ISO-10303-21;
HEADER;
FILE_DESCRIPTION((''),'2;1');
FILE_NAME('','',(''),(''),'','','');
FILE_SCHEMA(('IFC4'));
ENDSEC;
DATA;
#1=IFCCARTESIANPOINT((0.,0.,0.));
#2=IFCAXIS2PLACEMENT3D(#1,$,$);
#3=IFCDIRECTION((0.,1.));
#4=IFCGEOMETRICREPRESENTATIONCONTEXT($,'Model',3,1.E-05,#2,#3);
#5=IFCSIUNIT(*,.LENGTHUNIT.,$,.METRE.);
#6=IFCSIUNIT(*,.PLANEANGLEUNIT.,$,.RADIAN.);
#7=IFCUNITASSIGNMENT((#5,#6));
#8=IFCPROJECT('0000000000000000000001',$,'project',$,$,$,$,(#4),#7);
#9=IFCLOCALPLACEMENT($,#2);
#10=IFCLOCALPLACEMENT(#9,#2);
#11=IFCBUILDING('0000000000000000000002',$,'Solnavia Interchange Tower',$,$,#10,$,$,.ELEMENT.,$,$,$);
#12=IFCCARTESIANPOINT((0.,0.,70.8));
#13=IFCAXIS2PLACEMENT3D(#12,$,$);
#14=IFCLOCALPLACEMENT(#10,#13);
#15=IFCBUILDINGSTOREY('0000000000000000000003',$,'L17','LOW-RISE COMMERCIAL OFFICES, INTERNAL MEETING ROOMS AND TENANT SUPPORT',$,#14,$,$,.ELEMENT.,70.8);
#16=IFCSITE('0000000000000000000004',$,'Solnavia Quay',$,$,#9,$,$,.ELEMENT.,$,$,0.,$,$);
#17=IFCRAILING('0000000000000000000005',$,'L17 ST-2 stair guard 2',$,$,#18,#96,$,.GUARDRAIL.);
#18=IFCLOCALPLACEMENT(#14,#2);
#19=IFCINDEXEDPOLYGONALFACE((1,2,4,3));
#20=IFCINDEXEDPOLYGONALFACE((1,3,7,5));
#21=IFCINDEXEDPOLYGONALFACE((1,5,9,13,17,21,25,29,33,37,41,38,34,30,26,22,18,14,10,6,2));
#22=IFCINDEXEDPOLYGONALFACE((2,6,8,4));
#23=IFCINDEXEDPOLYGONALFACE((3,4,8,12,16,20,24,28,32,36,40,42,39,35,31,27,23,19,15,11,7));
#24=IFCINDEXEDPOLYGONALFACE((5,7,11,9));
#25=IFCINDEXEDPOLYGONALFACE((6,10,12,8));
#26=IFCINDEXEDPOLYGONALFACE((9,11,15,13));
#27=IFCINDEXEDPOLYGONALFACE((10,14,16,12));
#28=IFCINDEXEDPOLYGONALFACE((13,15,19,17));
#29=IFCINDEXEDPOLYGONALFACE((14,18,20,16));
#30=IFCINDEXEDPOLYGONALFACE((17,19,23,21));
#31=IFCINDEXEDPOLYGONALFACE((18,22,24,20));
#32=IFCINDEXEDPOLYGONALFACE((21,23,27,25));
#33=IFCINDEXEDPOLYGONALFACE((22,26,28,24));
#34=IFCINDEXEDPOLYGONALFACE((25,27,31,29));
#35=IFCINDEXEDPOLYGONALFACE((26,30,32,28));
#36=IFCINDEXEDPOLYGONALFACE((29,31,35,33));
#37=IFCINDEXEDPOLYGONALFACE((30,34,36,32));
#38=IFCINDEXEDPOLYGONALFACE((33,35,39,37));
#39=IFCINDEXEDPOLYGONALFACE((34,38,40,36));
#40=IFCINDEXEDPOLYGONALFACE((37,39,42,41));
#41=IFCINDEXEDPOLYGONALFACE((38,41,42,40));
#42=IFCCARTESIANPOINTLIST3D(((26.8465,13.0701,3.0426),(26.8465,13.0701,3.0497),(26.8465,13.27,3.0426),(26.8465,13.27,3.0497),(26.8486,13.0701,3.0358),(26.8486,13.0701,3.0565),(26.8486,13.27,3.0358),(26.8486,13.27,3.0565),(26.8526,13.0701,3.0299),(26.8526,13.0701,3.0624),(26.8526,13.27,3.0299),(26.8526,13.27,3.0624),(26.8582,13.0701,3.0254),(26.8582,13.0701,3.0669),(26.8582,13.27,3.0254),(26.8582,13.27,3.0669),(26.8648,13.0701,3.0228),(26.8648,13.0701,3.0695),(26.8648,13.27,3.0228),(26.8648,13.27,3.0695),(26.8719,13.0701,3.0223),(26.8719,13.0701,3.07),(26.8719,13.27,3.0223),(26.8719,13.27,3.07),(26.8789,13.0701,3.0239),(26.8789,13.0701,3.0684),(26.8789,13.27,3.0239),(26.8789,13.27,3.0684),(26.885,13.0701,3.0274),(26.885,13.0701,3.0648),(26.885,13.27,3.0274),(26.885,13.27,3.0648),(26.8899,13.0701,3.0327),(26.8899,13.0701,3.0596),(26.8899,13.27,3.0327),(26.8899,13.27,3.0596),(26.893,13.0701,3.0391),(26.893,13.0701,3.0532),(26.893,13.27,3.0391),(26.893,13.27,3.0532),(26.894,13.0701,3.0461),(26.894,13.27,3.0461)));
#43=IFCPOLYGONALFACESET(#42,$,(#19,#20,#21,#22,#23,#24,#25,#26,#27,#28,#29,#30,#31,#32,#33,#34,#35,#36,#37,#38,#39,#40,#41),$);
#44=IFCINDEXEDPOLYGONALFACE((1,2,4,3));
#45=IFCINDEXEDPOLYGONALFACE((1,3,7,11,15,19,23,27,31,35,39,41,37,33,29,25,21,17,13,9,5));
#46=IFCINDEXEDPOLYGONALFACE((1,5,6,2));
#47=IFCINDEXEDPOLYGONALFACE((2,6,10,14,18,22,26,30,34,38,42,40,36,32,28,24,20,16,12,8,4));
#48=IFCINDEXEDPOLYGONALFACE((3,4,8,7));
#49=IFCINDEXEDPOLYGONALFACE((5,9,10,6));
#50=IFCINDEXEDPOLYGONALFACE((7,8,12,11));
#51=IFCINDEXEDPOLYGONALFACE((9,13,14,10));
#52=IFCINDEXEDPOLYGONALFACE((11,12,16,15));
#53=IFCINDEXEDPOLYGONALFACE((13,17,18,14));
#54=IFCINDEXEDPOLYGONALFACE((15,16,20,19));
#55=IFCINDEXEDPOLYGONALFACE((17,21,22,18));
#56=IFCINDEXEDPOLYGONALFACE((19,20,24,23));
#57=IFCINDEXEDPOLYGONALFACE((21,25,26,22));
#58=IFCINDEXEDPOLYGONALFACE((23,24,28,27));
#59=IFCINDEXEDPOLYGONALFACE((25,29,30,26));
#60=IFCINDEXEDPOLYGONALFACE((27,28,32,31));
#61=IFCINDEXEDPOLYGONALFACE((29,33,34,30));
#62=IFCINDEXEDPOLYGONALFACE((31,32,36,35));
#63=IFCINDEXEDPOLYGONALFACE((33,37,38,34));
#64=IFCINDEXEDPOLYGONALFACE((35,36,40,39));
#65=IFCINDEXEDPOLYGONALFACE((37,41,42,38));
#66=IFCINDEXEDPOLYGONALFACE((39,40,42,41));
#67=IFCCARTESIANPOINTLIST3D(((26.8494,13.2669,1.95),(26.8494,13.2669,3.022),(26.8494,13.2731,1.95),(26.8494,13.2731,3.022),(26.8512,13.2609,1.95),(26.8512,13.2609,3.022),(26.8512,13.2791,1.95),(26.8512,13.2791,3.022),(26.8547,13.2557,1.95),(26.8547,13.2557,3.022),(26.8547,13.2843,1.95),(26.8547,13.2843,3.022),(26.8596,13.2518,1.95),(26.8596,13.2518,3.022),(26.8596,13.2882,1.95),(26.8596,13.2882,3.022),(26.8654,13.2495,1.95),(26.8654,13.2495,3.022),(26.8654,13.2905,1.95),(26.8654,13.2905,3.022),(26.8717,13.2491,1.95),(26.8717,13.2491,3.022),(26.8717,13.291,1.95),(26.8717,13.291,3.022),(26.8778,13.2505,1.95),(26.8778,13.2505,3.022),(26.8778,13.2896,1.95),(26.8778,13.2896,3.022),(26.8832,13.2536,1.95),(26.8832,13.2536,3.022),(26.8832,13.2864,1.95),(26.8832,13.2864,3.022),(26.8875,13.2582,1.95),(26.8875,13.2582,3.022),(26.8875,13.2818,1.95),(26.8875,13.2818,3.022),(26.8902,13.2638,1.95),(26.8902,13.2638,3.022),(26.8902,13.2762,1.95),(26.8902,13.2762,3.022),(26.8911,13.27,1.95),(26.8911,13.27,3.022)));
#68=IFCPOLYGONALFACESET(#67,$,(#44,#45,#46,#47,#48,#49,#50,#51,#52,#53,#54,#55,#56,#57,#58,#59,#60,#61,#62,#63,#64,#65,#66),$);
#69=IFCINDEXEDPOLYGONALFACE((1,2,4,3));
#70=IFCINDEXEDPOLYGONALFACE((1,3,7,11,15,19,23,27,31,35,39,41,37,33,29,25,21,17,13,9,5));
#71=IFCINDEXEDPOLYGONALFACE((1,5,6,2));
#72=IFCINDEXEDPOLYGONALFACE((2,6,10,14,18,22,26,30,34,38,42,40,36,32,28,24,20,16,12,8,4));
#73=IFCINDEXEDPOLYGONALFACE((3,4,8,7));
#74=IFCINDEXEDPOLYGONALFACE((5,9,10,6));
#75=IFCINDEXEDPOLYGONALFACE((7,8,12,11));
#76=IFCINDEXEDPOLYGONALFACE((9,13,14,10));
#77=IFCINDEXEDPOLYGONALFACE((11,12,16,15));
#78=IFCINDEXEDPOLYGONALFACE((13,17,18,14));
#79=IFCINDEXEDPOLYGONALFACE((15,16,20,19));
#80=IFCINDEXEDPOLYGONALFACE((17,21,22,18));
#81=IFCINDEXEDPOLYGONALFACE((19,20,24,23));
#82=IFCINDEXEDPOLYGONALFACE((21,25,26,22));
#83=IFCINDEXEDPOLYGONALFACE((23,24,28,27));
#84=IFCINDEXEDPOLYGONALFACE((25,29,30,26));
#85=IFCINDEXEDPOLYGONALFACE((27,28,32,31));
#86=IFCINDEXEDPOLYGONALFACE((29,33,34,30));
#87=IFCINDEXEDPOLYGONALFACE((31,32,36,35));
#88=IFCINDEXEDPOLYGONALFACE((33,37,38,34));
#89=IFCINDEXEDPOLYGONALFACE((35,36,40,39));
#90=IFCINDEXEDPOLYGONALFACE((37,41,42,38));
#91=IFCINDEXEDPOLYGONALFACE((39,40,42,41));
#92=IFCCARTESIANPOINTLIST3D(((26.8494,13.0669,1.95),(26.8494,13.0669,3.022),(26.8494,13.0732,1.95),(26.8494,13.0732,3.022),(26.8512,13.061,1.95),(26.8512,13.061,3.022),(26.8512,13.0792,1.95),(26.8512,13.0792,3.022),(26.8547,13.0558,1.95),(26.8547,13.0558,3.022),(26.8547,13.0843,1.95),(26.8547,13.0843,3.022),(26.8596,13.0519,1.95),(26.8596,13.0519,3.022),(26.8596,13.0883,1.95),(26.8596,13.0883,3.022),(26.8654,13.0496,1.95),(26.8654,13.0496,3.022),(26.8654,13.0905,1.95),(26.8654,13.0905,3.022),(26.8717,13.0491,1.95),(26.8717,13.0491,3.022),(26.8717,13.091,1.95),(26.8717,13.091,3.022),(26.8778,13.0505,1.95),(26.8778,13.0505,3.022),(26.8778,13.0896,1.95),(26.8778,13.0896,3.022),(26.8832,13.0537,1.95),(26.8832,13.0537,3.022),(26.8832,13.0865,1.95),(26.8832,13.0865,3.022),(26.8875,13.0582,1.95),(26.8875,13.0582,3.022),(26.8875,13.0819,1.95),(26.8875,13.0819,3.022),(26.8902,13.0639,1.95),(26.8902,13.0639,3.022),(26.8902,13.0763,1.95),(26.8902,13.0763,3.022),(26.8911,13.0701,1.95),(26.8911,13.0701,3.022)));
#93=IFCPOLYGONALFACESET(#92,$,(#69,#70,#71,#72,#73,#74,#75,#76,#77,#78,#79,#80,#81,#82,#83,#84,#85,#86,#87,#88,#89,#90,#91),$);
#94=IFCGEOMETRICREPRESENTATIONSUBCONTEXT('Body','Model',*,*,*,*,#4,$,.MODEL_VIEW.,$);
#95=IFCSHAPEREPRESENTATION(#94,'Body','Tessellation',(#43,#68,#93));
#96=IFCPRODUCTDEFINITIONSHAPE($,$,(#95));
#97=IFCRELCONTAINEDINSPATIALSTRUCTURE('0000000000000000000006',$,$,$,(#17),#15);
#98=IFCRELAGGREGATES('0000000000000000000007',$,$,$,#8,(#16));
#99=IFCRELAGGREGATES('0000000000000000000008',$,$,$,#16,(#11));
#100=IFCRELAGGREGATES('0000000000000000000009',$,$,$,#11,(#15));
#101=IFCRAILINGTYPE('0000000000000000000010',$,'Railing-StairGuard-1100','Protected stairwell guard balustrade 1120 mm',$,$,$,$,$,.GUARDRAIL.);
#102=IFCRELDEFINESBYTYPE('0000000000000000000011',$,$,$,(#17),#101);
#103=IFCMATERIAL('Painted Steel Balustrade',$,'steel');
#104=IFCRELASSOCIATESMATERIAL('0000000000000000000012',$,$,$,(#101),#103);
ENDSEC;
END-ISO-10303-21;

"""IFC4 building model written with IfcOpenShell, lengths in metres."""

from ifc_helpers import new_model, si_unit, direction, frame, origin, origin_2d, place, context, subcontext, project, spatial, circle, extrude, material, type_object, element, save


model = new_model("IFC4")

# Units and contexts
model_context = context("Model", 3, precision=1e-05, world=origin(), true_north=direction((0.0, 1.0)))
body_context = subcontext(model_context, "Body", "Model", "MODEL_VIEW")
ifc_project = project(units=[si_unit("LENGTHUNIT", "METRE"), si_unit("PLANEANGLEUNIT", "RADIAN")], contexts=[model_context])

# Site, building, storey
site_placement = place(None, origin())
site = spatial("IfcSite", under=ifc_project, at=site_placement, Name="Solnavia Quay", CompositionType="ELEMENT", RefElevation=0.0)
building_placement = place(site_placement, origin())
building = spatial("IfcBuilding", under=site, at=building_placement, Name="Solnavia Interchange Tower", CompositionType="ELEMENT")
storey_placement = place(building_placement, frame((0.0, 0.0, 70.8)))
storey = spatial("IfcBuildingStorey", under=building, at=storey_placement, Name="L17", Description="LOW-RISE COMMERCIAL OFFICES, INTERNAL MEETING ROOMS AND TENANT SUPPORT", CompositionType="ELEMENT", Elevation=70.8)

# Railing
ifc_material_1 = material(Name="Painted Steel Balustrade", Category="steel")
railing_type_1 = type_object("IfcRailingType", Name="Railing-StairGuard-1100", Description="Protected stairwell guard balustrade 1120 mm", PredefinedType="GUARDRAIL", material=ifc_material_1)
railing_1_placement = place(storey_placement, frame((26.8701, 13.27, 1.95)))
element("IfcRailing", 1, at=railing_1_placement, inside=storey, type_object=railing_type_1, Name="L17 ST-2 stair guard 2", PredefinedType="GUARDRAIL", context=body_context, shape_type="SweptSolid", body=[
    extrude(circle(Radius=0.0239, at=origin_2d()), frame((0.0, 0.0, 1.0962), z_axis=(0.0, -1.0, 0.0), x_axis=(1.0, 0.0, 0.0)), (0.0, 0.0, 1.0), 0.2),
    extrude(circle(Radius=0.021, at=origin_2d()), origin(), (0.0, 0.0, 1.0), 1.072),
    extrude(circle(Radius=0.021, at=origin_2d()), frame((0.0, -0.2, 0.0)), (0.0, 0.0, 1.0), 1.072),
])

save(model, "model.ifc")
